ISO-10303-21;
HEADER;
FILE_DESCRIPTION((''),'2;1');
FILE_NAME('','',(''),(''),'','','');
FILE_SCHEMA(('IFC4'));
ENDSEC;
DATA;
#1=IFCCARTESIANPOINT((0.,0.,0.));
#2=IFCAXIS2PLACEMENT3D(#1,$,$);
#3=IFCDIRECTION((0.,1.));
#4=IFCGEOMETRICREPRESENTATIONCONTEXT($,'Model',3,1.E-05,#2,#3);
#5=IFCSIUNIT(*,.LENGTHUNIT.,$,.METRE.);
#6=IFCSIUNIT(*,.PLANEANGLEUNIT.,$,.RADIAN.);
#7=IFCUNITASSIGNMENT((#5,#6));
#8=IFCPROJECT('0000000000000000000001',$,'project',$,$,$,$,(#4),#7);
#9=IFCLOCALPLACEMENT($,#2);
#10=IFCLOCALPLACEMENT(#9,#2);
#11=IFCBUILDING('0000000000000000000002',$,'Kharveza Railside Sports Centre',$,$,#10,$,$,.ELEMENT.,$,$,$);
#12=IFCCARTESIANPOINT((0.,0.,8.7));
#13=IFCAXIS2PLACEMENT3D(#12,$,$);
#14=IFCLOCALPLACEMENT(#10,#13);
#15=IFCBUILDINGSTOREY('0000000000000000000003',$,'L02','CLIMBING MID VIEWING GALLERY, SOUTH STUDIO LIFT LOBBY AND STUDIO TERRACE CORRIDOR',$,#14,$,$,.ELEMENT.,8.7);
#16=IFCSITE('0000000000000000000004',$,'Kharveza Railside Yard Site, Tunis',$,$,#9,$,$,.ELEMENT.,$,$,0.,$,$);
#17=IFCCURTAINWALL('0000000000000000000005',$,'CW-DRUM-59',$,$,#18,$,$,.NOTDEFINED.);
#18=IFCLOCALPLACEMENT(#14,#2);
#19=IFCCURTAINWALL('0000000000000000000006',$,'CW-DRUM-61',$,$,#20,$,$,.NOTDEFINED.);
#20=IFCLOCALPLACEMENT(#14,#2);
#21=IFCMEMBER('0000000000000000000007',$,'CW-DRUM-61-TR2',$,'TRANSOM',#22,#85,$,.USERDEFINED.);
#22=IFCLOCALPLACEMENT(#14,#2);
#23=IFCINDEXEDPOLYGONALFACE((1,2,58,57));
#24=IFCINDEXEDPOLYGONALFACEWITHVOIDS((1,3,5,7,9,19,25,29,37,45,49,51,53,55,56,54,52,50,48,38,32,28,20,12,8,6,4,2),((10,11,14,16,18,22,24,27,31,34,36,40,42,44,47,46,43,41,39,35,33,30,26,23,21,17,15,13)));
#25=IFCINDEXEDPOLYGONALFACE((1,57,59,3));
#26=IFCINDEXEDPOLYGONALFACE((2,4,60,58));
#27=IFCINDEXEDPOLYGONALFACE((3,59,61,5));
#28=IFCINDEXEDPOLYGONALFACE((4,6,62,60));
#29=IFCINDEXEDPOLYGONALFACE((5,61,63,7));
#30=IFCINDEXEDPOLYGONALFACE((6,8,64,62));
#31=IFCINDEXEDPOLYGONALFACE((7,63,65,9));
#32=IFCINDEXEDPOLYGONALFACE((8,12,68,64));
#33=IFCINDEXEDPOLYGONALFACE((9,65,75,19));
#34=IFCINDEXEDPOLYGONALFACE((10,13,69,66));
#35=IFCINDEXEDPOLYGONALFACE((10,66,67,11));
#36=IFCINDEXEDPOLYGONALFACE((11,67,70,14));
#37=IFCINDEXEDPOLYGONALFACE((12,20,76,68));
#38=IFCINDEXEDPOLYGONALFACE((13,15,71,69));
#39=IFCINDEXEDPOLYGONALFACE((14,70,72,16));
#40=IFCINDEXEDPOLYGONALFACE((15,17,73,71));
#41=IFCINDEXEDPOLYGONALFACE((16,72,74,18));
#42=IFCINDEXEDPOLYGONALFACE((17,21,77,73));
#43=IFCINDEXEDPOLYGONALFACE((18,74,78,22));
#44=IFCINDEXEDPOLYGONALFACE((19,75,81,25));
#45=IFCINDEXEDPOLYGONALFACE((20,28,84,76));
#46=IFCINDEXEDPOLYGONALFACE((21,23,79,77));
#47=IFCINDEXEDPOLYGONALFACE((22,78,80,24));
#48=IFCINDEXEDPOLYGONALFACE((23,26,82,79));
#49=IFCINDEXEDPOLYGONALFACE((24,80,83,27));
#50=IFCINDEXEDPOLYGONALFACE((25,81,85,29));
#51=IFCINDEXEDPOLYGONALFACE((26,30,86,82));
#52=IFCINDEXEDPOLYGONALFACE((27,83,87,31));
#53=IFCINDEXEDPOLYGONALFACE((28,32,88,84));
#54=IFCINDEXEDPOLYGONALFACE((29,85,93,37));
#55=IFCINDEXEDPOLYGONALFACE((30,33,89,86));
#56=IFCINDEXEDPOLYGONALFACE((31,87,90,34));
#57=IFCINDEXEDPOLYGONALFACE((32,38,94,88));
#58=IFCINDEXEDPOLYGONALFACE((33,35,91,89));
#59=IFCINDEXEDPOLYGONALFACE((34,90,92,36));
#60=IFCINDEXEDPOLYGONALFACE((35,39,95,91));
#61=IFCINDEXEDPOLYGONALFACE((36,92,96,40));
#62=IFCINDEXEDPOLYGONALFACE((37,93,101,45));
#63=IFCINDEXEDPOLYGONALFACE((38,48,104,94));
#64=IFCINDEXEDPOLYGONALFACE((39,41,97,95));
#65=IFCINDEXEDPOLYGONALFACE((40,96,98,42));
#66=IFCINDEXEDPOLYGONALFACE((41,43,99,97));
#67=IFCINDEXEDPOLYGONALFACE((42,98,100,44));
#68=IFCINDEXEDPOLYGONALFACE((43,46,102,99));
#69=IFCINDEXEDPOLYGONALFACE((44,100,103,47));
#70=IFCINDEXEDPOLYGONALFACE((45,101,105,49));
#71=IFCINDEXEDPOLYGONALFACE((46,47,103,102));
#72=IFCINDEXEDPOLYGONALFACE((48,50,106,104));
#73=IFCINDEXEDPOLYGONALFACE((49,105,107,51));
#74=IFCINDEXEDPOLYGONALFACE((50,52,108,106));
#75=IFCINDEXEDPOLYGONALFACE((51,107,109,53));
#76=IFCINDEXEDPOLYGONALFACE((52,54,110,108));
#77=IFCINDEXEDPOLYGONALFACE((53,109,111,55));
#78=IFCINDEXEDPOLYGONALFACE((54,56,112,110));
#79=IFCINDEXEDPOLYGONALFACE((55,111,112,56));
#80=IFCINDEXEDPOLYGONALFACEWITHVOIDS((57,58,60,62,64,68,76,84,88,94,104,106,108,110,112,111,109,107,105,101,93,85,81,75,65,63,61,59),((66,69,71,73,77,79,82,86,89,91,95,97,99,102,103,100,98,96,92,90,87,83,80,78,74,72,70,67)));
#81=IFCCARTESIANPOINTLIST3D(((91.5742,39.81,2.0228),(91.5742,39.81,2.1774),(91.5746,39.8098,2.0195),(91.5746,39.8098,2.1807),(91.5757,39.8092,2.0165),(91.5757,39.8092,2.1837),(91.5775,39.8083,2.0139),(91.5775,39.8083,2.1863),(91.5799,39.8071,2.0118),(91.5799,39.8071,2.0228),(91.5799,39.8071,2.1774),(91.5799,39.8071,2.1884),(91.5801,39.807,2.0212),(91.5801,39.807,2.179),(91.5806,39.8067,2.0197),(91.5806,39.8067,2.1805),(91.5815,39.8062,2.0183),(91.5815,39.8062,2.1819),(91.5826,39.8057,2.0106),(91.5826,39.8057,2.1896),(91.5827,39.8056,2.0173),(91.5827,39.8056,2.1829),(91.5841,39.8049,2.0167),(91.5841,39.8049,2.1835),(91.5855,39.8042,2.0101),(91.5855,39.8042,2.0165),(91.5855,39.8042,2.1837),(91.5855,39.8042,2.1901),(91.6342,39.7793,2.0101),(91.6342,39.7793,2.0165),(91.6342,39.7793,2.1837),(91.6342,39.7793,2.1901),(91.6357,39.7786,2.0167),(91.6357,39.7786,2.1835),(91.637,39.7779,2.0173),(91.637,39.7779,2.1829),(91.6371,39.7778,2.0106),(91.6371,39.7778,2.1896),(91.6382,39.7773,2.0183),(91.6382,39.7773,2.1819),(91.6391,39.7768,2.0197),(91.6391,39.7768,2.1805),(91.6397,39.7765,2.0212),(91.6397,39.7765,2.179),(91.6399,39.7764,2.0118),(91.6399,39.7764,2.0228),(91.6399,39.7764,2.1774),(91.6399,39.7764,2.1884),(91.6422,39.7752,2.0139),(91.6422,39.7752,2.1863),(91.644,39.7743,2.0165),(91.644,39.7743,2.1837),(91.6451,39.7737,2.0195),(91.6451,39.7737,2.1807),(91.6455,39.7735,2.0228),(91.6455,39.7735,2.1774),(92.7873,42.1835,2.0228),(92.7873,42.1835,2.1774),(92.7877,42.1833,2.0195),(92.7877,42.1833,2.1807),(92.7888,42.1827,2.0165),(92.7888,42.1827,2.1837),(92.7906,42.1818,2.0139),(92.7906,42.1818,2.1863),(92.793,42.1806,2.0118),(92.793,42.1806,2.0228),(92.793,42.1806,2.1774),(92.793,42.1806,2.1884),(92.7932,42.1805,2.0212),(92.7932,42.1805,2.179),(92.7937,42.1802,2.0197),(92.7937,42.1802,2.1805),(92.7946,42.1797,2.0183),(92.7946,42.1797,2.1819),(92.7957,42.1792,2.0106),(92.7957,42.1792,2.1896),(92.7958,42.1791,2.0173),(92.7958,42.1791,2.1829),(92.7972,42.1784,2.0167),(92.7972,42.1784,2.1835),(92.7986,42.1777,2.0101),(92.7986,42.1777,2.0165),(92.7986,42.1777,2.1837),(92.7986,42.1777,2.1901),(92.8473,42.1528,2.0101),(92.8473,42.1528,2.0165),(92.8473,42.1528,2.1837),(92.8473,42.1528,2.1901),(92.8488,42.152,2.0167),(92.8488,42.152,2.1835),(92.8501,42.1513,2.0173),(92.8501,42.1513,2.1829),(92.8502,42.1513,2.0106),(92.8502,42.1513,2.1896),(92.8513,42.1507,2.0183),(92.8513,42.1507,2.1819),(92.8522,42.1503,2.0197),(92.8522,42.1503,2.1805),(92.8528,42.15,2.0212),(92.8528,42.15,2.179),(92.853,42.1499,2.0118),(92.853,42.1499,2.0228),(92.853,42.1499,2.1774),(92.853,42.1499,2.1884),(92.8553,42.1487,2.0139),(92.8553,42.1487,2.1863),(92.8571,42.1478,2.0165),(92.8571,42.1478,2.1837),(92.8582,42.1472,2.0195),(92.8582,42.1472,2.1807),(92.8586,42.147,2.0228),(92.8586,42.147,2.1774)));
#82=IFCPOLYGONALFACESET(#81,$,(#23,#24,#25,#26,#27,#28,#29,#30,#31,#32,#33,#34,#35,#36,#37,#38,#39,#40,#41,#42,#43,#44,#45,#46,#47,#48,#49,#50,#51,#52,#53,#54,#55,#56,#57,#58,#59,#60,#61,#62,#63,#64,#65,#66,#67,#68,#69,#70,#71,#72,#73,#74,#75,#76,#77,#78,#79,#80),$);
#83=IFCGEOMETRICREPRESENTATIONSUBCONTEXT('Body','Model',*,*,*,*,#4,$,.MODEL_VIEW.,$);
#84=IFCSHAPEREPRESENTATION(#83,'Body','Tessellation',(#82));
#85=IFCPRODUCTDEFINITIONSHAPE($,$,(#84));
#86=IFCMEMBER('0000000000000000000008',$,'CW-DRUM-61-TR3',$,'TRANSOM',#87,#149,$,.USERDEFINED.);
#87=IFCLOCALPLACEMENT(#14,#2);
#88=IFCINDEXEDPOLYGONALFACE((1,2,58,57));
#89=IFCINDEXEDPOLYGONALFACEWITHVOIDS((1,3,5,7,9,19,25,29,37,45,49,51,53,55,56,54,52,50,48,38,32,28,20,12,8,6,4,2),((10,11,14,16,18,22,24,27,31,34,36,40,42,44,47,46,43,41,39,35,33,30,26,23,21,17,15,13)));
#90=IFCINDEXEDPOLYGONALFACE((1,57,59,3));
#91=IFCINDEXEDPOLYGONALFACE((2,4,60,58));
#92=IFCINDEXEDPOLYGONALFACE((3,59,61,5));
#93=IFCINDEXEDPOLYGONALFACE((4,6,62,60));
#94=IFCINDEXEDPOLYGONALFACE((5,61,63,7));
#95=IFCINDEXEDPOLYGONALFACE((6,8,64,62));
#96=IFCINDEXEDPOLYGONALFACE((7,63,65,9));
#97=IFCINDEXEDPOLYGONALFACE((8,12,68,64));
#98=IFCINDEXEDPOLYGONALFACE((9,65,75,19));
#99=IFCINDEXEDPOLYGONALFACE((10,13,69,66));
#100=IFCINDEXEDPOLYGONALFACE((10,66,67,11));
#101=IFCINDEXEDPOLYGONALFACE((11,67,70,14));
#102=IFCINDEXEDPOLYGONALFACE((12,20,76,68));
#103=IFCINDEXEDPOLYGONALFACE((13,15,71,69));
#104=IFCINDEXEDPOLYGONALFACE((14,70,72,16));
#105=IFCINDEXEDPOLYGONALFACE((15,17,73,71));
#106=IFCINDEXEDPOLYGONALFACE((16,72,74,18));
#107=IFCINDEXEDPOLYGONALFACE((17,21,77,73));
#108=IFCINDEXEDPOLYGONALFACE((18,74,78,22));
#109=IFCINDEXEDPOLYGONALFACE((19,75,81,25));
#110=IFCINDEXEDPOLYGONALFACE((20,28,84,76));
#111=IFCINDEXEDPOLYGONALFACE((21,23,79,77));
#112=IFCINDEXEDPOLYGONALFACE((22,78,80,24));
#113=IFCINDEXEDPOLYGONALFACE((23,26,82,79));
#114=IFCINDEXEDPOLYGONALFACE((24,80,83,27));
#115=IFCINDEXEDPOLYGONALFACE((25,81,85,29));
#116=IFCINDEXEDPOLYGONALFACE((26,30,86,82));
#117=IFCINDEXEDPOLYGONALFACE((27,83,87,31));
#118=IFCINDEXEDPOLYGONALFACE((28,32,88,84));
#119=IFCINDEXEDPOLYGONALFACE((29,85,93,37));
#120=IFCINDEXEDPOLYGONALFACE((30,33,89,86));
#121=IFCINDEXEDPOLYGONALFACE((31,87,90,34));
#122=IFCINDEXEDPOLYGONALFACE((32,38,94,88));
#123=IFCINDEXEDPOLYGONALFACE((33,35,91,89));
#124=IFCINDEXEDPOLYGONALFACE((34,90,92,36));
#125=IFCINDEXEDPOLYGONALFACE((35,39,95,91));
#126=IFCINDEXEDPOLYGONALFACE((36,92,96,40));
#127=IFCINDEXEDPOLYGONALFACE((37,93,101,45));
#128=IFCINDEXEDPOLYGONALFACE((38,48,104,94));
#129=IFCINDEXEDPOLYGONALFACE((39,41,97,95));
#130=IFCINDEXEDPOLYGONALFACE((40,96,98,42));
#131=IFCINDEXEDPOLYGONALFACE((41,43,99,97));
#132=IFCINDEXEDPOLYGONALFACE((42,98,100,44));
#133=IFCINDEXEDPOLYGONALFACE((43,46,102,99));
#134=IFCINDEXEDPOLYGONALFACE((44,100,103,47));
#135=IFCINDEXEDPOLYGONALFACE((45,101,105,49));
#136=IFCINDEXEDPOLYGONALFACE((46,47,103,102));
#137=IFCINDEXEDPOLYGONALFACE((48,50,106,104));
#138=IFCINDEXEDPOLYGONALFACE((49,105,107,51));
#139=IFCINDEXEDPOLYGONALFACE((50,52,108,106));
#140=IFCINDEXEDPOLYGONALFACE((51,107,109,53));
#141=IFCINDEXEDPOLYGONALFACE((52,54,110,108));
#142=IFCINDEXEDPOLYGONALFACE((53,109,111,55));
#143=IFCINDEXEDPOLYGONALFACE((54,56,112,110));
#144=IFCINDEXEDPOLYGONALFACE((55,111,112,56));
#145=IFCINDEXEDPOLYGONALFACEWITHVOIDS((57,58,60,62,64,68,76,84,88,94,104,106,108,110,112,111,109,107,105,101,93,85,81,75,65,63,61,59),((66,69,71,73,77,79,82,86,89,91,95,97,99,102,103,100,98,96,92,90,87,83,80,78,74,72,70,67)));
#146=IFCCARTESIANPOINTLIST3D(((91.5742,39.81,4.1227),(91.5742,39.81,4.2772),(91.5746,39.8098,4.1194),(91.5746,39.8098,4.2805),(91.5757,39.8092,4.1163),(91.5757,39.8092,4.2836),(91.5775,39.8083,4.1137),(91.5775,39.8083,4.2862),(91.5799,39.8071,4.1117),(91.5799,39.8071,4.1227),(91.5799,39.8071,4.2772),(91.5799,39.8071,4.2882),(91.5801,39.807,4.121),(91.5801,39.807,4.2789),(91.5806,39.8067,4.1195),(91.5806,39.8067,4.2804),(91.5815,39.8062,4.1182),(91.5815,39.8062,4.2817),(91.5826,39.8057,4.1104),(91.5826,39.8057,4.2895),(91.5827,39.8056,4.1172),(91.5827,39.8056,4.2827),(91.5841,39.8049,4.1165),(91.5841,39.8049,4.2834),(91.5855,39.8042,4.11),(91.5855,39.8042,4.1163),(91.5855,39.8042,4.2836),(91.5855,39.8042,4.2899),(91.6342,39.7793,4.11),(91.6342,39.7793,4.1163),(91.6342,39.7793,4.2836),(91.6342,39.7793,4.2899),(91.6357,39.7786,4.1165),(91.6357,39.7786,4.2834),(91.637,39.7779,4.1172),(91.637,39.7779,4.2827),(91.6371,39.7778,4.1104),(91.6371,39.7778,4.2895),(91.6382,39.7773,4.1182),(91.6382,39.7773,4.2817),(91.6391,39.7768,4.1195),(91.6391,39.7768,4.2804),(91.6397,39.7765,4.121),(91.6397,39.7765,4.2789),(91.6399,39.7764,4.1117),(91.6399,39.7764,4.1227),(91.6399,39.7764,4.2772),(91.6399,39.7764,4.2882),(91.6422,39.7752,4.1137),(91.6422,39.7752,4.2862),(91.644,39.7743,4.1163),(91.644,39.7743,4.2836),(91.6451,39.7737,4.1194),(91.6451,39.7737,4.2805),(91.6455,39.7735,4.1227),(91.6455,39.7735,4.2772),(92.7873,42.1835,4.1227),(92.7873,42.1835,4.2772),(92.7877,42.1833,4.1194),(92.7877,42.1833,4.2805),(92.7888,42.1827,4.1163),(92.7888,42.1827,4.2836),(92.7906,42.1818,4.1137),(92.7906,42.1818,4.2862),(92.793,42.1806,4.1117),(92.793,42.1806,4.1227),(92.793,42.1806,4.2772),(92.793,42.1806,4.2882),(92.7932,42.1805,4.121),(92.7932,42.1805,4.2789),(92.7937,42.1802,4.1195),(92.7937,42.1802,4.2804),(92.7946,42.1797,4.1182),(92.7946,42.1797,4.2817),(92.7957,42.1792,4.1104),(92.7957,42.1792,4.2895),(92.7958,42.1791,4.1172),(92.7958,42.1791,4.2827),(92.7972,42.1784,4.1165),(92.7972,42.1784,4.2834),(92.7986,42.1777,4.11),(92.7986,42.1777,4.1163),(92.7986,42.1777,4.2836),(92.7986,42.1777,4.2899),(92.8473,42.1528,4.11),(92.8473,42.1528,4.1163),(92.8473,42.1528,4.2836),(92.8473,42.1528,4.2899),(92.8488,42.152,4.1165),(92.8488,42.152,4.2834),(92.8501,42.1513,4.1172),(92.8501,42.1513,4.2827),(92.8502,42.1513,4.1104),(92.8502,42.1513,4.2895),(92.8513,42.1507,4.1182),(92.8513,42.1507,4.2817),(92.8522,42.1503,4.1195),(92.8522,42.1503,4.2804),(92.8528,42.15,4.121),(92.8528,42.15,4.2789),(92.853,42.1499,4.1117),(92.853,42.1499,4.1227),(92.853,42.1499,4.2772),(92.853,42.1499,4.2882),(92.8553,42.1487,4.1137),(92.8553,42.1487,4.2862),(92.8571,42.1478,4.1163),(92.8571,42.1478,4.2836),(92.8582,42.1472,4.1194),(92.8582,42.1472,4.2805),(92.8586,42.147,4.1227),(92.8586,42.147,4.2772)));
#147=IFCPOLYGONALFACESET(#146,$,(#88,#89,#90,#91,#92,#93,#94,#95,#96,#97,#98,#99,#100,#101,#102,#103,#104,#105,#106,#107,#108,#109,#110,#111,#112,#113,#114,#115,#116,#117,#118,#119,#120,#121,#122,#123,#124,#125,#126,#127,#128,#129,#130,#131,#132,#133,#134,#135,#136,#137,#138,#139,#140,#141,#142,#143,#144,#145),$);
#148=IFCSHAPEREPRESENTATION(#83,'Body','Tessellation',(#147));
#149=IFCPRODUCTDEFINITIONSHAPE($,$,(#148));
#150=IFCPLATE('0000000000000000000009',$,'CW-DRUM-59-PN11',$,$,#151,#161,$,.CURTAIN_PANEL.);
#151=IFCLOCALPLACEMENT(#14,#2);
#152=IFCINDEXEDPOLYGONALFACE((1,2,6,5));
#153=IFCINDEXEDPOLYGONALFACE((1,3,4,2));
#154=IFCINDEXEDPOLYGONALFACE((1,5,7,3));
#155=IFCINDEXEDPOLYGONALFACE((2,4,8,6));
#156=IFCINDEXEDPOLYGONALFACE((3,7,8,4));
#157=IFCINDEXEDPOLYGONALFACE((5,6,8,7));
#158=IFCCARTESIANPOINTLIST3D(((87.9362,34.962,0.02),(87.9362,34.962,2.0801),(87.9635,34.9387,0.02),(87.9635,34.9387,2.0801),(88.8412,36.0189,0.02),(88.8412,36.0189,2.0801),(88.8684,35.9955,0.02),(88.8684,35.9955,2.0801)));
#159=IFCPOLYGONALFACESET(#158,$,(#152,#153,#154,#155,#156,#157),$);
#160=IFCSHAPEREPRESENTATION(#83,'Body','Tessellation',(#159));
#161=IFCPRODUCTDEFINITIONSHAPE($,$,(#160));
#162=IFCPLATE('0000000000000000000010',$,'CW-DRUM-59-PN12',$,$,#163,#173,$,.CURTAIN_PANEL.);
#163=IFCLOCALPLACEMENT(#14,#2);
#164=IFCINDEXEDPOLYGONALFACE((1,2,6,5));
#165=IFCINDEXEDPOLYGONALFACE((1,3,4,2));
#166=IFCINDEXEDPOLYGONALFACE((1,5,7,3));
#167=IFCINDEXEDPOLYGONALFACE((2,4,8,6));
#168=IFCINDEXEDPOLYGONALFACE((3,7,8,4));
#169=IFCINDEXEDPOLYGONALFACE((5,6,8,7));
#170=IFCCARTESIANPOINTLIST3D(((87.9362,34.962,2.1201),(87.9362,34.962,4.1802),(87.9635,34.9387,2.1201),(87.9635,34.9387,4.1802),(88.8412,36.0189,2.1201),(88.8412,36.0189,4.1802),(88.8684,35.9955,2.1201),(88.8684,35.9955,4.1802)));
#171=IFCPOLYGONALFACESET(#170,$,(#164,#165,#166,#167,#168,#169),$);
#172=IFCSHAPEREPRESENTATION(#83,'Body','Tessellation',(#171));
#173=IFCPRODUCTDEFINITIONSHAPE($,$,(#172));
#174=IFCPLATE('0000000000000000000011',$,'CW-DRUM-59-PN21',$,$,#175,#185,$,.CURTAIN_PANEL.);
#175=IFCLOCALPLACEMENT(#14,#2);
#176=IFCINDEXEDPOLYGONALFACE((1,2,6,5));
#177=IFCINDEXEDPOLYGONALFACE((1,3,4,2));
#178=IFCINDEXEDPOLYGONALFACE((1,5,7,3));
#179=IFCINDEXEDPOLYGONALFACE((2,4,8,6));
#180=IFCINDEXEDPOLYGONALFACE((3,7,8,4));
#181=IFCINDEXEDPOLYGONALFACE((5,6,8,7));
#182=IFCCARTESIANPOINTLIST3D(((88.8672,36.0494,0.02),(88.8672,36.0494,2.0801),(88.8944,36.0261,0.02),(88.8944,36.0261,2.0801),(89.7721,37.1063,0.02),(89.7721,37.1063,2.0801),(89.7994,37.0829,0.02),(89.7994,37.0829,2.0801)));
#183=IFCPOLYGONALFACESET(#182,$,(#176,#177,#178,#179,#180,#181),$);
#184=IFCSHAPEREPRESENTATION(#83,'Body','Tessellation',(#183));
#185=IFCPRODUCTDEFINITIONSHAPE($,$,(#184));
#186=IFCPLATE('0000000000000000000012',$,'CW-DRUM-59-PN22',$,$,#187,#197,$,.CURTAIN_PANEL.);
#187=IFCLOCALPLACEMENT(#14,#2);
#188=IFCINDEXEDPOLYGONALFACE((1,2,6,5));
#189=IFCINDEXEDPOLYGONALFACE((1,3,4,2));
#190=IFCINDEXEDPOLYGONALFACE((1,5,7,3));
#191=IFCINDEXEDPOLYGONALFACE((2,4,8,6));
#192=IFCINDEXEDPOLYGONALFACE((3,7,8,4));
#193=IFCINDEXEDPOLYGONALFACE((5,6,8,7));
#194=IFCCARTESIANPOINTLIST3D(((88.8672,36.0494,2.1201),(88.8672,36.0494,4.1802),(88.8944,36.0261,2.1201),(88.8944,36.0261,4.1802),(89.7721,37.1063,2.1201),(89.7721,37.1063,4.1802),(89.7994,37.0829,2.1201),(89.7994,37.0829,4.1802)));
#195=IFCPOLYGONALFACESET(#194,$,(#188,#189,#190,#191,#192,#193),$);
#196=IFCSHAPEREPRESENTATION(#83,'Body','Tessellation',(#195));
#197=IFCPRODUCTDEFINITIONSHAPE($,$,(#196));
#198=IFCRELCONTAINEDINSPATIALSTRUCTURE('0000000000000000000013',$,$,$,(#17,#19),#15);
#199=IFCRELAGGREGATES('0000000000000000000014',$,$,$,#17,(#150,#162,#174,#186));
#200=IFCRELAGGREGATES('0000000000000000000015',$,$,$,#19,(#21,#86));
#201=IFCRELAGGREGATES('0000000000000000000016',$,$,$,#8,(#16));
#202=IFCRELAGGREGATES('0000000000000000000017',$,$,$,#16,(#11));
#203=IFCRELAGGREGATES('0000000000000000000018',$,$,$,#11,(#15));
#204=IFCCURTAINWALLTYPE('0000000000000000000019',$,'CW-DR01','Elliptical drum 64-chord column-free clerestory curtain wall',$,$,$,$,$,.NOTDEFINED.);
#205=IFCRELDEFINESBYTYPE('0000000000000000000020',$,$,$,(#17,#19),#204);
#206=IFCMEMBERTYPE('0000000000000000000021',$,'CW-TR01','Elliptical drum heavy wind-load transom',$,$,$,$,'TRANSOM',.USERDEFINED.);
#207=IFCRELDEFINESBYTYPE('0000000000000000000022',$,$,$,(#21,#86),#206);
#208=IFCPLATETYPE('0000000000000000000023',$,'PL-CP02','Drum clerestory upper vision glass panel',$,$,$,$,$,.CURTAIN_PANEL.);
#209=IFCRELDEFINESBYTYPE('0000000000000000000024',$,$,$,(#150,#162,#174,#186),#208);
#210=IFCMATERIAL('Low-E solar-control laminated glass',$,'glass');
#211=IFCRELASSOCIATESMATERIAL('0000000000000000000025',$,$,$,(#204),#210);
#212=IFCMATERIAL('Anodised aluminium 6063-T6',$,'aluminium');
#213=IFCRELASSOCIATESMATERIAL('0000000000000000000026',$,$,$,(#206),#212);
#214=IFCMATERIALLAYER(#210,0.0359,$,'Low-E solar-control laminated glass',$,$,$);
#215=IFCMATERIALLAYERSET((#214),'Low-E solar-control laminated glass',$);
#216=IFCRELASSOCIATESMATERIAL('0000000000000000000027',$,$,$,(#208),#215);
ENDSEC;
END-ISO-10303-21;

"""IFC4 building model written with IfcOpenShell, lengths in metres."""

from ifc_helpers import new_model, si_unit, direction, frame, origin, origin_2d, place, context, subcontext, project, spatial, rectangle, hollow_rectangle, extrude, material, layer, layer_set, material_profile, profile_set, type_object, element, aggregate, save


model = new_model("IFC4")

# Units and contexts
model_context = context("Model", 3, precision=1e-05, world=origin(), true_north=direction((0.0, 1.0)))
body_context = subcontext(model_context, "Body", "Model", "MODEL_VIEW")
ifc_project = project(units=[si_unit("LENGTHUNIT", "METRE"), si_unit("PLANEANGLEUNIT", "RADIAN")], contexts=[model_context])

# Site, building, storey
site_placement = place(None, origin())
site = spatial("IfcSite", under=ifc_project, at=site_placement, Name="Kharveza Railside Yard Site, Tunis", CompositionType="ELEMENT", RefElevation=0.0)
building_placement = place(site_placement, origin())
building = spatial("IfcBuilding", under=site, at=building_placement, Name="Kharveza Railside Sports Centre", CompositionType="ELEMENT")
storey_placement = place(building_placement, frame((0.0, 0.0, 8.7)))
storey = spatial("IfcBuildingStorey", under=building, at=storey_placement, Name="L02", Description="CLIMBING MID VIEWING GALLERY, SOUTH STUDIO LIFT LOBBY AND STUDIO TERRACE CORRIDOR", CompositionType="ELEMENT", Elevation=8.7)

# Curtain wall
ifc_material_1 = material(Name="Low-E solar-control laminated glass", Category="glass")
curtain_wall_type = type_object("IfcCurtainWallType", Name="CW-DR01", Description="Elliptical drum 64-chord column-free clerestory curtain wall", PredefinedType="NOTDEFINED", material=ifc_material_1)
curtain_wall_1_placement = place(storey_placement, origin())
curtain_wall_1 = element("IfcCurtainWall", 1, at=curtain_wall_1_placement, inside=storey, type_object=curtain_wall_type, Name="CW-DRUM-59", PredefinedType="NOTDEFINED")
ifc_material_2 = material(Name="Anodised aluminium 6063-T6", Category="aluminium")

# Curtain wall
curtain_wall_2_placement = place(storey_placement, origin())
curtain_wall_2 = element("IfcCurtainWall", 2, at=curtain_wall_2_placement, inside=storey, type_object=curtain_wall_type, Name="CW-DRUM-61", PredefinedType="NOTDEFINED")

# Members
ifc_material_profile_1 = material_profile(ifc_material_2, hollow_rectangle(XDim=0.0801, YDim=0.1799, WallThickness=0.0063, InnerFilletRadius=0.0063, OuterFilletRadius=0.0127, at=origin_2d()), Name="RHS 80x180x6.3")
ifc_profile_set_1 = profile_set([ifc_material_profile_1], Name="Anodised aluminium 6063-T6")
member_type_1 = type_object("IfcMemberType", Name="CW-TR01", Description="Elliptical drum heavy wind-load transom", ElementType="TRANSOM", PredefinedType="USERDEFINED", material=ifc_profile_set_1)
member_1_placement = place(storey_placement, frame((91.6099, 39.7917, 2.1001), z_axis=(0.455109, 0.890436, 0.0), x_axis=(-0.890436, 0.455109, 0.0)))
member_1 = element("IfcMember", 3, at=member_1_placement, type_object=member_type_1, Name="CW-DRUM-61-TR2", ObjectType="TRANSOM", PredefinedType="USERDEFINED", context=body_context, shape_type="SweptSolid", body=[
    extrude(hollow_rectangle(XDim=0.0801, YDim=0.1799, WallThickness=0.0063, InnerFilletRadius=0.0063, OuterFilletRadius=0.0127, at=origin_2d()), origin(), (0.0, 0.0, 1.0), 2.6655),
])
member_2_placement = place(storey_placement, frame((91.6099, 39.7917, 4.2), z_axis=(0.455109, 0.890436, 0.0), x_axis=(-0.890436, 0.455109, 0.0)))
member_2 = element("IfcMember", 4, at=member_2_placement, type_object=member_type_1, Name="CW-DRUM-61-TR3", ObjectType="TRANSOM", PredefinedType="USERDEFINED", context=body_context, shape_type="SweptSolid", body=[
    extrude(hollow_rectangle(XDim=0.0801, YDim=0.1799, WallThickness=0.0063, InnerFilletRadius=0.0063, OuterFilletRadius=0.0127, at=origin_2d()), origin(), (0.0, 0.0, 1.0), 2.6655),
])

# Plates
ifc_layer = layer(ifc_material_1, 0.0359, Name="Low-E solar-control laminated glass")
ifc_layer_set = layer_set([ifc_layer], Name="Low-E solar-control laminated glass")
plate_type = type_object("IfcPlateType", Name="PL-CP02", Description="Drum clerestory upper vision glass panel", PredefinedType="CURTAIN_PANEL", material=ifc_layer_set)
plate_1_placement = place(storey_placement, frame((88.4023, 35.4788, 0.02), z_axis=(0.0, 0.0, 1.0), x_axis=(0.650403, 0.759589, 0.0)))
plate_1 = element("IfcPlate", 5, at=plate_1_placement, type_object=plate_type, Name="CW-DRUM-59-PN11", PredefinedType="CURTAIN_PANEL", context=body_context, shape_type="SweptSolid", body=[
    extrude(rectangle(XDim=1.3914, YDim=0.0359, at=origin_2d()), origin(), (0.0, 0.0, 1.0), 2.0601),
])
plate_2_placement = place(storey_placement, frame((88.4023, 35.4788, 2.1201), z_axis=(0.0, 0.0, 1.0), x_axis=(0.650403, 0.759589, 0.0)))
plate_2 = element("IfcPlate", 6, at=plate_2_placement, type_object=plate_type, Name="CW-DRUM-59-PN12", PredefinedType="CURTAIN_PANEL", context=body_context, shape_type="SweptSolid", body=[
    extrude(rectangle(XDim=1.3914, YDim=0.0359, at=origin_2d()), origin(), (0.0, 0.0, 1.0), 2.0601),
])
plate_3_placement = place(storey_placement, frame((89.3333, 36.5662, 0.02), z_axis=(0.0, 0.0, 1.0), x_axis=(0.650403, 0.759589, 0.0)))
plate_3 = element("IfcPlate", 7, at=plate_3_placement, type_object=plate_type, Name="CW-DRUM-59-PN21", PredefinedType="CURTAIN_PANEL", context=body_context, shape_type="SweptSolid", body=[
    extrude(rectangle(XDim=1.3914, YDim=0.0359, at=origin_2d()), origin(), (0.0, 0.0, 1.0), 2.0601),
])
plate_4_placement = place(storey_placement, frame((89.3333, 36.5662, 2.1201), z_axis=(0.0, 0.0, 1.0), x_axis=(0.650403, 0.759589, 0.0)))
plate_4 = element("IfcPlate", 8, at=plate_4_placement, type_object=plate_type, Name="CW-DRUM-59-PN22", PredefinedType="CURTAIN_PANEL", context=body_context, shape_type="SweptSolid", body=[
    extrude(rectangle(XDim=1.3914, YDim=0.0359, at=origin_2d()), origin(), (0.0, 0.0, 1.0), 2.0601),
])
aggregate(curtain_wall_1, [plate_1, plate_2, plate_3, plate_4])
aggregate(curtain_wall_2, [member_1, member_2])

save(model, "model.ifc")
